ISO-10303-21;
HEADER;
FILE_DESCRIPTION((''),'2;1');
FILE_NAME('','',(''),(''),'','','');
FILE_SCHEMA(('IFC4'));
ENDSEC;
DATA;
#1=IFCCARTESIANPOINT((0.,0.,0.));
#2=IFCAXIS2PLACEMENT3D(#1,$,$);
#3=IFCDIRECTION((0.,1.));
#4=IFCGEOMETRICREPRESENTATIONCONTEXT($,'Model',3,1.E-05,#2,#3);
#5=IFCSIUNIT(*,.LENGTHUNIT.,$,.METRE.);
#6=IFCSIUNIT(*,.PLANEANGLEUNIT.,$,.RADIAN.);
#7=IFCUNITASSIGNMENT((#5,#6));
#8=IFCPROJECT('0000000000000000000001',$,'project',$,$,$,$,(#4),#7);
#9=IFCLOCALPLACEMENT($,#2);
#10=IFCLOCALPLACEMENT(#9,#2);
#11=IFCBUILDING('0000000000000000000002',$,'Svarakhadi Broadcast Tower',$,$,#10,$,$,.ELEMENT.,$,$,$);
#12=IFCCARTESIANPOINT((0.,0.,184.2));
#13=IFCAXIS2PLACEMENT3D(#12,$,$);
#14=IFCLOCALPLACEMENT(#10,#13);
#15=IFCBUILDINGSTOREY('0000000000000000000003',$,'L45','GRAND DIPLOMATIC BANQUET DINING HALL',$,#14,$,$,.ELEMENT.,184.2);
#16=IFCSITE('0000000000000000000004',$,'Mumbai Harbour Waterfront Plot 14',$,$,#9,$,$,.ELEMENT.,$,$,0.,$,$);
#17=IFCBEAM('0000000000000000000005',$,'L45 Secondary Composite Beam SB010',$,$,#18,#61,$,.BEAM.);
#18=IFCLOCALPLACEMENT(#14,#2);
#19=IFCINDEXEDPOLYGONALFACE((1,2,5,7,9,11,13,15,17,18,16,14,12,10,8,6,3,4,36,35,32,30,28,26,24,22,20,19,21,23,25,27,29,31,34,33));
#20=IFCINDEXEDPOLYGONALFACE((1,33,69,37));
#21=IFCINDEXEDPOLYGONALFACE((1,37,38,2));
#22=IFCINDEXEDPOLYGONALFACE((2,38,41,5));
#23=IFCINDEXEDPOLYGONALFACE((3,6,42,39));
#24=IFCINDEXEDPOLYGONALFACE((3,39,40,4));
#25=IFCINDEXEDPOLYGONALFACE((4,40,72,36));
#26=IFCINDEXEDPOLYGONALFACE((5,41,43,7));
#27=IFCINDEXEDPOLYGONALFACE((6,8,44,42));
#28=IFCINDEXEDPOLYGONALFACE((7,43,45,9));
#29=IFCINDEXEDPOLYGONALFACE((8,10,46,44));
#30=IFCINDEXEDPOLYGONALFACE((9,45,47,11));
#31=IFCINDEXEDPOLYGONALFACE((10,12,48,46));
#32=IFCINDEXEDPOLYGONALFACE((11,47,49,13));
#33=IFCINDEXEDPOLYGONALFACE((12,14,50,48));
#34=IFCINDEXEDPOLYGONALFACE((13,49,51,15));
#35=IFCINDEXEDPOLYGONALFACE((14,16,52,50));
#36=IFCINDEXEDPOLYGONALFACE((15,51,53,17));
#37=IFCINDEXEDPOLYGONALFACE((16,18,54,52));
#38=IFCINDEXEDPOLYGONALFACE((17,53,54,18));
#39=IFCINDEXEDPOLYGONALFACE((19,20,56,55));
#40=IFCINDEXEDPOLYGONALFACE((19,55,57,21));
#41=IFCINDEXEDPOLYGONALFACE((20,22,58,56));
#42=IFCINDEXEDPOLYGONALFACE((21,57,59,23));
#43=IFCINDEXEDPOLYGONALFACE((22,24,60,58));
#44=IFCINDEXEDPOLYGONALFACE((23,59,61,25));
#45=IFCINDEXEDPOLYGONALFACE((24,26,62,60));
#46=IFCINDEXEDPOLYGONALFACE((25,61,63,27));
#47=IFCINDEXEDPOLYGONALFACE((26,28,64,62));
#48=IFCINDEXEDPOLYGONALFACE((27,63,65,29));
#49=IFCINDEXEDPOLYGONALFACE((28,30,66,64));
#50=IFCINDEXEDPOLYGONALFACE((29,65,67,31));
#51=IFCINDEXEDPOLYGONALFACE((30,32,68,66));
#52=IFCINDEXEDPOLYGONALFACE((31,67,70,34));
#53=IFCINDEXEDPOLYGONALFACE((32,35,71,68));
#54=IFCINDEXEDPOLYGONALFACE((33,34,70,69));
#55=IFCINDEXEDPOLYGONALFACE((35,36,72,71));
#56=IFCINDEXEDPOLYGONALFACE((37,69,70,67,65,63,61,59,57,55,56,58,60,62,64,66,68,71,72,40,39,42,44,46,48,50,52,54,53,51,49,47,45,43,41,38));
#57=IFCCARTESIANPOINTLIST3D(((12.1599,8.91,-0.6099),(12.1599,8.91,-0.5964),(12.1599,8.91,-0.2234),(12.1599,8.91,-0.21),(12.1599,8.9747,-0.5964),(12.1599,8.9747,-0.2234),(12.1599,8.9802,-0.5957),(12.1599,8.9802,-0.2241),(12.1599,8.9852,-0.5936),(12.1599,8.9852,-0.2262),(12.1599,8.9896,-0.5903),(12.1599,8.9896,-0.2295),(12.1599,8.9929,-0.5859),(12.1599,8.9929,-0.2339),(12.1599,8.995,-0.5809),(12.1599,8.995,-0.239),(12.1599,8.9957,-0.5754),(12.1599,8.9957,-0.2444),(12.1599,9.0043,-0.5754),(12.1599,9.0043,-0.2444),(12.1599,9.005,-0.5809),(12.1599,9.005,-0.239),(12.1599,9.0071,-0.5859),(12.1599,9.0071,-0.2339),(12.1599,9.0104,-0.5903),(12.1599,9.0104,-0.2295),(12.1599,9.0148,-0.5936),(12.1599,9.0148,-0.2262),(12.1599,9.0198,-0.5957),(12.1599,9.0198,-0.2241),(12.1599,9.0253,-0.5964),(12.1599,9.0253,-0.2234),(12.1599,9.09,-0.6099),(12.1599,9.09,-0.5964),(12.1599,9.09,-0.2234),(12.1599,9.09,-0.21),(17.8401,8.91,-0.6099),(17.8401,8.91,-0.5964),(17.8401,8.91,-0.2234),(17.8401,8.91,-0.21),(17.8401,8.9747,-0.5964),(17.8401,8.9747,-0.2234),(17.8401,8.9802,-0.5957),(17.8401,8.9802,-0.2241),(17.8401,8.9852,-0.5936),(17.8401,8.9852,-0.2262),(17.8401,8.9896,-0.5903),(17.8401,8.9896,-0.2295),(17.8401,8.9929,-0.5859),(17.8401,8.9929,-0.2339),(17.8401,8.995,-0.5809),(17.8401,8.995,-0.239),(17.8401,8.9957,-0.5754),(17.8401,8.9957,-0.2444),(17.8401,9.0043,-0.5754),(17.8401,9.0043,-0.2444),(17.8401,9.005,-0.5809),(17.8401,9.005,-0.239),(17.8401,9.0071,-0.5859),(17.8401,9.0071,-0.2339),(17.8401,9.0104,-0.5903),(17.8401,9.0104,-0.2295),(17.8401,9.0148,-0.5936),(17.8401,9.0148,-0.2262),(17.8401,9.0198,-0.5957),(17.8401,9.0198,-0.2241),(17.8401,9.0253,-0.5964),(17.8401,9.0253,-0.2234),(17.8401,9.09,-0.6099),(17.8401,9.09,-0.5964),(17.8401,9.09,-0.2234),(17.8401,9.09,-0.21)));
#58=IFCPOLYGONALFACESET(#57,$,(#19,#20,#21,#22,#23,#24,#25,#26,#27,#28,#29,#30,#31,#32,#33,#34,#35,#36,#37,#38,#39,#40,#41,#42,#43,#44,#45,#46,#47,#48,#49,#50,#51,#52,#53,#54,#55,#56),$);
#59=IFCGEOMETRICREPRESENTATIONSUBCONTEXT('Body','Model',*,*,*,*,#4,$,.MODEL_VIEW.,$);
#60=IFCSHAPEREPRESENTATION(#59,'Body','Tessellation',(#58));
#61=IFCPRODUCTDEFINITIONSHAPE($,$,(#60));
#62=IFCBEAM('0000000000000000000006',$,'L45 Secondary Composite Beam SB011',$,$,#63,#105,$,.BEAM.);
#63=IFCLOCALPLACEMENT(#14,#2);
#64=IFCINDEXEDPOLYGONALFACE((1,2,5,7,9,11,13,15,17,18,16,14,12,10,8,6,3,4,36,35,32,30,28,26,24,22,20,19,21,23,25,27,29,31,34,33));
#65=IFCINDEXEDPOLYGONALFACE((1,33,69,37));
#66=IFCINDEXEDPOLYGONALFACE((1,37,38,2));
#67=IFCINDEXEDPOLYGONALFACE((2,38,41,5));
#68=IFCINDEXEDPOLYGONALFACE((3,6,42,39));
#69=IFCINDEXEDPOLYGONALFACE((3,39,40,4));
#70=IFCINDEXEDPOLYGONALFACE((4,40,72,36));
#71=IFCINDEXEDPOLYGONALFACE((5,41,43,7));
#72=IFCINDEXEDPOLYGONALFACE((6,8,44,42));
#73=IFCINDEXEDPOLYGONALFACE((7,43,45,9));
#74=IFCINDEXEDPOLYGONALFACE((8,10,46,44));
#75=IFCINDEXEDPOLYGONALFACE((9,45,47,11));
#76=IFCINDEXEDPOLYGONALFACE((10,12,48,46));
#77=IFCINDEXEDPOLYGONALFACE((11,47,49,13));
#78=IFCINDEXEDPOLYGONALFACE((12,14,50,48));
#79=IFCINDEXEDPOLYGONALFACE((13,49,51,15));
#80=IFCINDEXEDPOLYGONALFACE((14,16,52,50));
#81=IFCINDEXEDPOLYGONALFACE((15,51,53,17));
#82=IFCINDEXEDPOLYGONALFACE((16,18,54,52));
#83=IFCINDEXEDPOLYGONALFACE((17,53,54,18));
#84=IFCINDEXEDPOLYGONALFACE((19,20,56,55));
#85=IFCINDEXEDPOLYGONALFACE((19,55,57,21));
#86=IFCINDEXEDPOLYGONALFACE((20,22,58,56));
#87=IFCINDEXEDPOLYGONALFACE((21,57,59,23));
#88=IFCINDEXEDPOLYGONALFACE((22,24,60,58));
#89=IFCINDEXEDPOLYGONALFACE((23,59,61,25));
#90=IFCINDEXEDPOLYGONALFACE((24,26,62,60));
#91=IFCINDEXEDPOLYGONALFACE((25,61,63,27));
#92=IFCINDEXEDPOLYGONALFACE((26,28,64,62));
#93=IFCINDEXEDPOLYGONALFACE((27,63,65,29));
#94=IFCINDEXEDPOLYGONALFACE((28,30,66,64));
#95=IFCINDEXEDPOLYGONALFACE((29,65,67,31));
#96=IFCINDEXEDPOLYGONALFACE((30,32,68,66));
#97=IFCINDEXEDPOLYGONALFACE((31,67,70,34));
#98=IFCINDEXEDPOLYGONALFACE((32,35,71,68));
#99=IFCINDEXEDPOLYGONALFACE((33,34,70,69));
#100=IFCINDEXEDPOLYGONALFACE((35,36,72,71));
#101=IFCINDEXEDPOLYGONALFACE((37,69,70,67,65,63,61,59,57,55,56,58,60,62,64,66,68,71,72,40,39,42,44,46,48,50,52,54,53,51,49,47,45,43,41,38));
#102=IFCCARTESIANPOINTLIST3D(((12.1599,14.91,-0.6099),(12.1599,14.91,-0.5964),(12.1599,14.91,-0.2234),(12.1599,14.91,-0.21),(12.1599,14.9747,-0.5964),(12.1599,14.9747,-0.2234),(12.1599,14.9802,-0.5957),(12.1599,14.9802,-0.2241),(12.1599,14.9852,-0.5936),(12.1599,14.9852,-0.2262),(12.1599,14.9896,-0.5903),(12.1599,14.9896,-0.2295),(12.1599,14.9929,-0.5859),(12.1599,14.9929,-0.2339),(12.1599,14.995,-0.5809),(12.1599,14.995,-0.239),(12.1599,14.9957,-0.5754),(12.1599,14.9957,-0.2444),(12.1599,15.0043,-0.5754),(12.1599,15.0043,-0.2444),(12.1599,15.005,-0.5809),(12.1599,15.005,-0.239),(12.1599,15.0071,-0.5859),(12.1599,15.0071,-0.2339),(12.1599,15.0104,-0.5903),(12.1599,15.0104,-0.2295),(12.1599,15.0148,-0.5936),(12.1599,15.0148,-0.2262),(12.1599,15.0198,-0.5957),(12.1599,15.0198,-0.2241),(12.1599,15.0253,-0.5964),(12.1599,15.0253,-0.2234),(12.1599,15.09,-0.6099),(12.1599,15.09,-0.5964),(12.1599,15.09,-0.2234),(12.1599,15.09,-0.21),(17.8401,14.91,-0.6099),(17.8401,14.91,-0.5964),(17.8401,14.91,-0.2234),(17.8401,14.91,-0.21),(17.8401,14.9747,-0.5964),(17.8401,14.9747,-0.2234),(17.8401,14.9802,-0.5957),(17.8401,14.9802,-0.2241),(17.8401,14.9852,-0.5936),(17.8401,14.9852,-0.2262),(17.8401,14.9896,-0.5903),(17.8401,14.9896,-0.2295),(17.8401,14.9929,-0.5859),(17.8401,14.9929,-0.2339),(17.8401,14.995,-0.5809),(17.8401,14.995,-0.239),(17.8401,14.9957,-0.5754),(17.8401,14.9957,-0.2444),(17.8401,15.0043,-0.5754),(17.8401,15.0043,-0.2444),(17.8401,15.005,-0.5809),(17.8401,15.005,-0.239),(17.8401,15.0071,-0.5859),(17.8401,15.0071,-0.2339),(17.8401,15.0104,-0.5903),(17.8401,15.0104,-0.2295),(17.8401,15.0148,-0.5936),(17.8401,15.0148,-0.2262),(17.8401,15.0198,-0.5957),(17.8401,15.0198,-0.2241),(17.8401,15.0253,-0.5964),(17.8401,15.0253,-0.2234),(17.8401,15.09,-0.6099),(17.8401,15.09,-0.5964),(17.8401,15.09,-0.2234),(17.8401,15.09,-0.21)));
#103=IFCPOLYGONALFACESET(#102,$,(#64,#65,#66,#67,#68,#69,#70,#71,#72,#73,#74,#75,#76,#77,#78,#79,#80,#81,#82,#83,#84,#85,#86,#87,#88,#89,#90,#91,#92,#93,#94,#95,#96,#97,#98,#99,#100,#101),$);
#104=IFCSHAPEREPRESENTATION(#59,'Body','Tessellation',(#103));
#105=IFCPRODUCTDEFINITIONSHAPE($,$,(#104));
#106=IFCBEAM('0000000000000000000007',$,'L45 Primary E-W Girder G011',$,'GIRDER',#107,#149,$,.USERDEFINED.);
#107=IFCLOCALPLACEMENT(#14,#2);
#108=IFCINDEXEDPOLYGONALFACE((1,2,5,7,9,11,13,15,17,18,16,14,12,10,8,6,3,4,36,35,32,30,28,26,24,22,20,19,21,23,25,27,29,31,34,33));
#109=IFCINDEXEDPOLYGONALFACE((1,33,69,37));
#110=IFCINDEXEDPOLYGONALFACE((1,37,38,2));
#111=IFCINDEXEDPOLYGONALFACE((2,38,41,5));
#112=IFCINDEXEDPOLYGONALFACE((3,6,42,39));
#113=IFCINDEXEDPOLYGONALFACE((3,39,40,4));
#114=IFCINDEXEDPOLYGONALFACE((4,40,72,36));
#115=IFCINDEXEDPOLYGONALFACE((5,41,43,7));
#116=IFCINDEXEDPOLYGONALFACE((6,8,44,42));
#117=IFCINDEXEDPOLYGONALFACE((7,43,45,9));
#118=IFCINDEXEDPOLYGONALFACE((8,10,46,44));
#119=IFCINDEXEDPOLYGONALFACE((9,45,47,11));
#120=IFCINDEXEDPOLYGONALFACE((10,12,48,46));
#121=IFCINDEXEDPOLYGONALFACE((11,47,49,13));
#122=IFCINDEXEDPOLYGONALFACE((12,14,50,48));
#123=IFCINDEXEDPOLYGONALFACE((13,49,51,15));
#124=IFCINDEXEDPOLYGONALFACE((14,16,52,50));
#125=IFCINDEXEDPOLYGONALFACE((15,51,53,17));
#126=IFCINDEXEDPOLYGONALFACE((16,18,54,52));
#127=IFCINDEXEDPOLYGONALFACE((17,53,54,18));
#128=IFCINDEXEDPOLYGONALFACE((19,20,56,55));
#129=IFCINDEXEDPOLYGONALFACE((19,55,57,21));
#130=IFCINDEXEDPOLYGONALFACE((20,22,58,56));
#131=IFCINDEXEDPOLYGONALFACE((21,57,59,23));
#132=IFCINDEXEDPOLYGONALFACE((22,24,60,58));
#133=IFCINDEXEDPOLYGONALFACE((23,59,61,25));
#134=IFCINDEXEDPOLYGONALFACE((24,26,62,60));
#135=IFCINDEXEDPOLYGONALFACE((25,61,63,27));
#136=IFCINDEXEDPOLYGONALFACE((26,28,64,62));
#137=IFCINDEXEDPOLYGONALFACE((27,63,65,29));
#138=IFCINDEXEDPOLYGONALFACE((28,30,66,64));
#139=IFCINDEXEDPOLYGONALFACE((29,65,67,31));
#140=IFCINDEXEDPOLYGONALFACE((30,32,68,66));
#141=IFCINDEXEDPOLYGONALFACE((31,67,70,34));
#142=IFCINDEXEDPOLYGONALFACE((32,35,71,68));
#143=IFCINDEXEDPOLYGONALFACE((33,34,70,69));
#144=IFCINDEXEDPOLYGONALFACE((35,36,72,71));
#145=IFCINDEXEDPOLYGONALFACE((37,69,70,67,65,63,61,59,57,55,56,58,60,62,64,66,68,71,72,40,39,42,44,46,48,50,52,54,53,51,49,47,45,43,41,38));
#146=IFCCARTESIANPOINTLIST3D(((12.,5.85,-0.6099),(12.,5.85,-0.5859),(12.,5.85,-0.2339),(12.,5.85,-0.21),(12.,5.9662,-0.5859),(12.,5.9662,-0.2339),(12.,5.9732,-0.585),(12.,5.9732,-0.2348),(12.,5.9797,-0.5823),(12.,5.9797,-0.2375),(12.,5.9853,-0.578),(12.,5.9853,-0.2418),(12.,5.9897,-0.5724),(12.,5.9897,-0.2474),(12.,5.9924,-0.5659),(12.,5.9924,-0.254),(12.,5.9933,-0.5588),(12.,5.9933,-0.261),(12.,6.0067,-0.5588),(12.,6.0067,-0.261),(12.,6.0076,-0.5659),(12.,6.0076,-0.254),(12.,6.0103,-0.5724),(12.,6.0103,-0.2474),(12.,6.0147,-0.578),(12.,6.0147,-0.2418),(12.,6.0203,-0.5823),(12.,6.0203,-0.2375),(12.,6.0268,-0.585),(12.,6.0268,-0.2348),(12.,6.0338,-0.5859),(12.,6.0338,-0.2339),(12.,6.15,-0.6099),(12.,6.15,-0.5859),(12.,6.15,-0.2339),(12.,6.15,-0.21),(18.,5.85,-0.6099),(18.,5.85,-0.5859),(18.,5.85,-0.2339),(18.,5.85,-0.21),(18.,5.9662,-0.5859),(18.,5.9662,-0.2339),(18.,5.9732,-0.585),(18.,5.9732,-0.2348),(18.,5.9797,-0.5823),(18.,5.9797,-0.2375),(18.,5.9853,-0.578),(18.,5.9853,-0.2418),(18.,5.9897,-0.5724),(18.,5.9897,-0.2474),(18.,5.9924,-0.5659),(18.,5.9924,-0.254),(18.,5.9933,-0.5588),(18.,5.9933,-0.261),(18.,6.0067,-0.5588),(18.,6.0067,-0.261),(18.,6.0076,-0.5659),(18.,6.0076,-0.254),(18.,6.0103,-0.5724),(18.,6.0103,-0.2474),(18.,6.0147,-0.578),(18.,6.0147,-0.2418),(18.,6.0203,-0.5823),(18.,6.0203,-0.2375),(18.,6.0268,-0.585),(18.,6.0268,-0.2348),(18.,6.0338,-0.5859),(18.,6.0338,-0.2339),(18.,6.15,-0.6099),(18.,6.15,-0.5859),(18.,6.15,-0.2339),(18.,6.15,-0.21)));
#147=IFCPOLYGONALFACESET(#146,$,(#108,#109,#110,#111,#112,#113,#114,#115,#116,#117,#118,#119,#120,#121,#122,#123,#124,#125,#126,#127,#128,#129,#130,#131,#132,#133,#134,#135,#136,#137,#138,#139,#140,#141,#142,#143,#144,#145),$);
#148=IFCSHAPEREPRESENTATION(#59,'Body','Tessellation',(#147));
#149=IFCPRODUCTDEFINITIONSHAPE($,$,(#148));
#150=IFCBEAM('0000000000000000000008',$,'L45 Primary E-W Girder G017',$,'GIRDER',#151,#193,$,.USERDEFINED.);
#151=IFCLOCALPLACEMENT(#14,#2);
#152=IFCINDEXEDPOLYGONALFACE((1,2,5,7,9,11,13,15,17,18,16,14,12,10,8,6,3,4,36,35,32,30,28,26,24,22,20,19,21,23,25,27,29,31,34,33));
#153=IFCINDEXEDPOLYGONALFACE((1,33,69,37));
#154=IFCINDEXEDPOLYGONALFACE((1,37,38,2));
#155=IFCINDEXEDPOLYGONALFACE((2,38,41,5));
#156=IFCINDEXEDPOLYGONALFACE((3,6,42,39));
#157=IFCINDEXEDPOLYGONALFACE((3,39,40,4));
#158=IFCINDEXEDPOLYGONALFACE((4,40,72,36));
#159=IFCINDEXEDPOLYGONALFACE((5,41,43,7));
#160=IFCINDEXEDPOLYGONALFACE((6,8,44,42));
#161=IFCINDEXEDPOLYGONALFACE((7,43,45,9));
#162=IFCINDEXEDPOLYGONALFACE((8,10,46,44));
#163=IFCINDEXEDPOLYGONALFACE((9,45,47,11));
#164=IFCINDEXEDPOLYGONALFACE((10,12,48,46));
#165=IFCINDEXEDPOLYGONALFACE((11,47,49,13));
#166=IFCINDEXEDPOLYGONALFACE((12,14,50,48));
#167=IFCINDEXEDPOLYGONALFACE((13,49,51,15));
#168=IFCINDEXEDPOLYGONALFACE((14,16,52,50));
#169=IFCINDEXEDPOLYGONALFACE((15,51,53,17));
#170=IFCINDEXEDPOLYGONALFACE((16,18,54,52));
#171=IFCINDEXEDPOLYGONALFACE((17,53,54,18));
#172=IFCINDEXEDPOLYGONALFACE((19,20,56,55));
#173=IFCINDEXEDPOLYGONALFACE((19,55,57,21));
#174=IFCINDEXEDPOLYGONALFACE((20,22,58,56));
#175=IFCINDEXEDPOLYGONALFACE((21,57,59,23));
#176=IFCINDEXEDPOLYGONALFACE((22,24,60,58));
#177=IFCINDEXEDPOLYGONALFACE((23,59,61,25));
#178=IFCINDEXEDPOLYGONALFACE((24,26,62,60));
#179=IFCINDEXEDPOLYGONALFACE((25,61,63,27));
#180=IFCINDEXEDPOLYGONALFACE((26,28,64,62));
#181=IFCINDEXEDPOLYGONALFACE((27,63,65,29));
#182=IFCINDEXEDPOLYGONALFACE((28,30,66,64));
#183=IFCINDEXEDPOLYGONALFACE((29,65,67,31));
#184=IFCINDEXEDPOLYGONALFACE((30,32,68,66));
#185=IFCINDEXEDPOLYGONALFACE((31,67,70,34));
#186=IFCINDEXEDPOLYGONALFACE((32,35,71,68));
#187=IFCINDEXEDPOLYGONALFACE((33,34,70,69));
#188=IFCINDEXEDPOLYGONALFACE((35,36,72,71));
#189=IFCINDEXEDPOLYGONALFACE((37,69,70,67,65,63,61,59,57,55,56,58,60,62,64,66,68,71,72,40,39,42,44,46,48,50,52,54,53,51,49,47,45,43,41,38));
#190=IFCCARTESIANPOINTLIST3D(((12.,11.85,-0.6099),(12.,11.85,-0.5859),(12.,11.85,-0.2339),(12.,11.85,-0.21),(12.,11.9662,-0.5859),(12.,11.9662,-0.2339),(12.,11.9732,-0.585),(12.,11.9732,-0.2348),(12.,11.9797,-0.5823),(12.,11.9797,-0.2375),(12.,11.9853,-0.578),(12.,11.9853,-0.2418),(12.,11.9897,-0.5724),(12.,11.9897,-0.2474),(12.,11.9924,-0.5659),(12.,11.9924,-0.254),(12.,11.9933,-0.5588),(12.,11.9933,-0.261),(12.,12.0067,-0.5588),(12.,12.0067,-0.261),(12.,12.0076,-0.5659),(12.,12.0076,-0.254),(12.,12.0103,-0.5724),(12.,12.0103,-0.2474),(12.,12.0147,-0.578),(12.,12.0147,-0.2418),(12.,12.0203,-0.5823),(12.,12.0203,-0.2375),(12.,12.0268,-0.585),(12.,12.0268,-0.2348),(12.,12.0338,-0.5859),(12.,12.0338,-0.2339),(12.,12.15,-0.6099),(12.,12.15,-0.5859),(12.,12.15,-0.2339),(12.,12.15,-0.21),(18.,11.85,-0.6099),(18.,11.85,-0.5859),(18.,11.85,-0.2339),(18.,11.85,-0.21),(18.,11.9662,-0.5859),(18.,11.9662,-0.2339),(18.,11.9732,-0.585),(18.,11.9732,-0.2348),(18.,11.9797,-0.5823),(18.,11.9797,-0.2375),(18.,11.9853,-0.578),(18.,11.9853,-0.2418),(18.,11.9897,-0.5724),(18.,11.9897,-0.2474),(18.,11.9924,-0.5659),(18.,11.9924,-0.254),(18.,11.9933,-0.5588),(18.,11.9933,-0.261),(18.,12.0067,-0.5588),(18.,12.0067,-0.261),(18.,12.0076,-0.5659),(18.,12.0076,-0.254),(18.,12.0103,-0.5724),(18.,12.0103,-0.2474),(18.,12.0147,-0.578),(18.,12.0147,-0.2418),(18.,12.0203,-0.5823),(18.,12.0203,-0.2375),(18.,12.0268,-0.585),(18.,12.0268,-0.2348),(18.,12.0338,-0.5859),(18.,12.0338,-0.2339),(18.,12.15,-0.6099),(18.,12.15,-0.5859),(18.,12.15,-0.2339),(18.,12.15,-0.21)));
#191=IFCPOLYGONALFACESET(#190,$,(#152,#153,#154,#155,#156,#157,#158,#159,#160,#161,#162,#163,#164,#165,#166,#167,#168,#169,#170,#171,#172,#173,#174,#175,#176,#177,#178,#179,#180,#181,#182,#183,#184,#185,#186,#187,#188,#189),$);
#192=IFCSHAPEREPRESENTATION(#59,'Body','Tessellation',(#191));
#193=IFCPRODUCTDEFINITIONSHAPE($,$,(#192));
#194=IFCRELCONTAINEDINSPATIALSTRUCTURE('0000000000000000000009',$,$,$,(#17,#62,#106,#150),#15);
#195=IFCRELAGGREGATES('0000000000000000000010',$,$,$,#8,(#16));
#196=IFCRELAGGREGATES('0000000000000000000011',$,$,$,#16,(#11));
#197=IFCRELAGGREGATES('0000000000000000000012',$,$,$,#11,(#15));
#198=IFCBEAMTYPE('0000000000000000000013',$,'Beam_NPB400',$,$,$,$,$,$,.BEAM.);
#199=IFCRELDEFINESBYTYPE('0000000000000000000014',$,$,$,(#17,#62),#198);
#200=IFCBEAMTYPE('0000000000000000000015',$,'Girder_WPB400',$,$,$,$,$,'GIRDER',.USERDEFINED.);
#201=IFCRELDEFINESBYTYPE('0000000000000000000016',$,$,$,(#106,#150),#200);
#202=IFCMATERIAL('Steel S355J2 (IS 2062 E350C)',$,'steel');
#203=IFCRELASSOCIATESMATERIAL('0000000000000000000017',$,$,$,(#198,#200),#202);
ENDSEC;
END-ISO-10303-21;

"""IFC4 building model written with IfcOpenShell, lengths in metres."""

from ifc_helpers import new_model, si_unit, direction, frame, origin, origin_2d, place, context, subcontext, project, spatial, i_section, extrude, material, material_profile, profile_set, type_object, element, save


model = new_model("IFC4")

# Units and contexts
model_context = context("Model", 3, precision=1e-05, world=origin(), true_north=direction((0.0, 1.0)))
body_context = subcontext(model_context, "Body", "Model", "MODEL_VIEW")
ifc_project = project(units=[si_unit("LENGTHUNIT", "METRE"), si_unit("PLANEANGLEUNIT", "RADIAN")], contexts=[model_context])

# Site, building, storey
site_placement = place(None, origin())
site = spatial("IfcSite", under=ifc_project, at=site_placement, Name="Mumbai Harbour Waterfront Plot 14", CompositionType="ELEMENT", RefElevation=0.0)
building_placement = place(site_placement, origin())
building = spatial("IfcBuilding", under=site, at=building_placement, Name="Svarakhadi Broadcast Tower", CompositionType="ELEMENT")
storey_placement = place(building_placement, frame((0.0, 0.0, 184.2)))
storey = spatial("IfcBuildingStorey", under=building, at=storey_placement, Name="L45", Description="GRAND DIPLOMATIC BANQUET DINING HALL", CompositionType="ELEMENT", Elevation=184.2)

# Beams
ifc_material_1 = material(Name="Steel S355J2 (IS 2062 E350C)", Category="steel")
ifc_material_profile_1 = material_profile(ifc_material_1, i_section(OverallWidth=0.1799, OverallDepth=0.3999, WebThickness=0.0085, FlangeThickness=0.0134, FilletRadius=0.021, at=origin_2d()), Name="NPB 400x180x66")
ifc_profile_set_1 = profile_set([ifc_material_profile_1], Name="Steel S355J2 (IS 2062 E350C)")
beam_type_1 = type_object("IfcBeamType", Name="Beam_NPB400", PredefinedType="BEAM", material=ifc_profile_set_1)
for number, where, z_axis, x_axis, name in (
    (1, (12.1599, 9.0, -0.4099), (1.0, 0.0, 0.0), (0.0, 1.0, 0.0), "L45 Secondary Composite Beam SB010"),
    (2, (12.1599, 15.0, -0.4099), (1.0, 0.0, 0.0), (0.0, 1.0, 0.0), "L45 Secondary Composite Beam SB011"),
):
    element("IfcBeam", number, at=place(storey_placement, frame(where, z_axis=z_axis, x_axis=x_axis)), inside=storey, type_object=beam_type_1, Name=name, PredefinedType="BEAM", context=body_context, shape_type="SweptSolid", body=[
        extrude(i_section(OverallWidth=0.1799, OverallDepth=0.3999, WebThickness=0.0085, FlangeThickness=0.0134, FilletRadius=0.021, at=origin_2d()), origin(), (0.0, 0.0, 1.0), 5.6802),
    ])
ifc_material_profile_2 = material_profile(ifc_material_1, i_section(OverallWidth=0.3, OverallDepth=0.3999, WebThickness=0.0134, FlangeThickness=0.0239, FilletRadius=0.0271, at=origin_2d()), Name="WPB 400x300x155")
ifc_profile_set_2 = profile_set([ifc_material_profile_2], Name="Steel S355J2 (IS 2062 E350C)")
beam_type_2 = type_object("IfcBeamType", Name="Girder_WPB400", ElementType="GIRDER", PredefinedType="USERDEFINED", material=ifc_profile_set_2)
for number, where, z_axis, x_axis, name in (
    (3, (12.0, 6.0, -0.4099), (1.0, 0.0, 0.0), (0.0, 1.0, 0.0), "L45 Primary E-W Girder G011"),
    (4, (12.0, 12.0, -0.4099), (1.0, 0.0, 0.0), (0.0, 1.0, 0.0), "L45 Primary E-W Girder G017"),
):
    element("IfcBeam", number, at=place(storey_placement, frame(where, z_axis=z_axis, x_axis=x_axis)), inside=storey, type_object=beam_type_2, Name=name, ObjectType="GIRDER", PredefinedType="USERDEFINED", context=body_context, shape_type="SweptSolid", body=[
        extrude(i_section(OverallWidth=0.3, OverallDepth=0.3999, WebThickness=0.0134, FlangeThickness=0.0239, FilletRadius=0.0271, at=origin_2d()), origin(), (0.0, 0.0, 1.0), 6.0),
    ])

save(model, "model.ifc")
